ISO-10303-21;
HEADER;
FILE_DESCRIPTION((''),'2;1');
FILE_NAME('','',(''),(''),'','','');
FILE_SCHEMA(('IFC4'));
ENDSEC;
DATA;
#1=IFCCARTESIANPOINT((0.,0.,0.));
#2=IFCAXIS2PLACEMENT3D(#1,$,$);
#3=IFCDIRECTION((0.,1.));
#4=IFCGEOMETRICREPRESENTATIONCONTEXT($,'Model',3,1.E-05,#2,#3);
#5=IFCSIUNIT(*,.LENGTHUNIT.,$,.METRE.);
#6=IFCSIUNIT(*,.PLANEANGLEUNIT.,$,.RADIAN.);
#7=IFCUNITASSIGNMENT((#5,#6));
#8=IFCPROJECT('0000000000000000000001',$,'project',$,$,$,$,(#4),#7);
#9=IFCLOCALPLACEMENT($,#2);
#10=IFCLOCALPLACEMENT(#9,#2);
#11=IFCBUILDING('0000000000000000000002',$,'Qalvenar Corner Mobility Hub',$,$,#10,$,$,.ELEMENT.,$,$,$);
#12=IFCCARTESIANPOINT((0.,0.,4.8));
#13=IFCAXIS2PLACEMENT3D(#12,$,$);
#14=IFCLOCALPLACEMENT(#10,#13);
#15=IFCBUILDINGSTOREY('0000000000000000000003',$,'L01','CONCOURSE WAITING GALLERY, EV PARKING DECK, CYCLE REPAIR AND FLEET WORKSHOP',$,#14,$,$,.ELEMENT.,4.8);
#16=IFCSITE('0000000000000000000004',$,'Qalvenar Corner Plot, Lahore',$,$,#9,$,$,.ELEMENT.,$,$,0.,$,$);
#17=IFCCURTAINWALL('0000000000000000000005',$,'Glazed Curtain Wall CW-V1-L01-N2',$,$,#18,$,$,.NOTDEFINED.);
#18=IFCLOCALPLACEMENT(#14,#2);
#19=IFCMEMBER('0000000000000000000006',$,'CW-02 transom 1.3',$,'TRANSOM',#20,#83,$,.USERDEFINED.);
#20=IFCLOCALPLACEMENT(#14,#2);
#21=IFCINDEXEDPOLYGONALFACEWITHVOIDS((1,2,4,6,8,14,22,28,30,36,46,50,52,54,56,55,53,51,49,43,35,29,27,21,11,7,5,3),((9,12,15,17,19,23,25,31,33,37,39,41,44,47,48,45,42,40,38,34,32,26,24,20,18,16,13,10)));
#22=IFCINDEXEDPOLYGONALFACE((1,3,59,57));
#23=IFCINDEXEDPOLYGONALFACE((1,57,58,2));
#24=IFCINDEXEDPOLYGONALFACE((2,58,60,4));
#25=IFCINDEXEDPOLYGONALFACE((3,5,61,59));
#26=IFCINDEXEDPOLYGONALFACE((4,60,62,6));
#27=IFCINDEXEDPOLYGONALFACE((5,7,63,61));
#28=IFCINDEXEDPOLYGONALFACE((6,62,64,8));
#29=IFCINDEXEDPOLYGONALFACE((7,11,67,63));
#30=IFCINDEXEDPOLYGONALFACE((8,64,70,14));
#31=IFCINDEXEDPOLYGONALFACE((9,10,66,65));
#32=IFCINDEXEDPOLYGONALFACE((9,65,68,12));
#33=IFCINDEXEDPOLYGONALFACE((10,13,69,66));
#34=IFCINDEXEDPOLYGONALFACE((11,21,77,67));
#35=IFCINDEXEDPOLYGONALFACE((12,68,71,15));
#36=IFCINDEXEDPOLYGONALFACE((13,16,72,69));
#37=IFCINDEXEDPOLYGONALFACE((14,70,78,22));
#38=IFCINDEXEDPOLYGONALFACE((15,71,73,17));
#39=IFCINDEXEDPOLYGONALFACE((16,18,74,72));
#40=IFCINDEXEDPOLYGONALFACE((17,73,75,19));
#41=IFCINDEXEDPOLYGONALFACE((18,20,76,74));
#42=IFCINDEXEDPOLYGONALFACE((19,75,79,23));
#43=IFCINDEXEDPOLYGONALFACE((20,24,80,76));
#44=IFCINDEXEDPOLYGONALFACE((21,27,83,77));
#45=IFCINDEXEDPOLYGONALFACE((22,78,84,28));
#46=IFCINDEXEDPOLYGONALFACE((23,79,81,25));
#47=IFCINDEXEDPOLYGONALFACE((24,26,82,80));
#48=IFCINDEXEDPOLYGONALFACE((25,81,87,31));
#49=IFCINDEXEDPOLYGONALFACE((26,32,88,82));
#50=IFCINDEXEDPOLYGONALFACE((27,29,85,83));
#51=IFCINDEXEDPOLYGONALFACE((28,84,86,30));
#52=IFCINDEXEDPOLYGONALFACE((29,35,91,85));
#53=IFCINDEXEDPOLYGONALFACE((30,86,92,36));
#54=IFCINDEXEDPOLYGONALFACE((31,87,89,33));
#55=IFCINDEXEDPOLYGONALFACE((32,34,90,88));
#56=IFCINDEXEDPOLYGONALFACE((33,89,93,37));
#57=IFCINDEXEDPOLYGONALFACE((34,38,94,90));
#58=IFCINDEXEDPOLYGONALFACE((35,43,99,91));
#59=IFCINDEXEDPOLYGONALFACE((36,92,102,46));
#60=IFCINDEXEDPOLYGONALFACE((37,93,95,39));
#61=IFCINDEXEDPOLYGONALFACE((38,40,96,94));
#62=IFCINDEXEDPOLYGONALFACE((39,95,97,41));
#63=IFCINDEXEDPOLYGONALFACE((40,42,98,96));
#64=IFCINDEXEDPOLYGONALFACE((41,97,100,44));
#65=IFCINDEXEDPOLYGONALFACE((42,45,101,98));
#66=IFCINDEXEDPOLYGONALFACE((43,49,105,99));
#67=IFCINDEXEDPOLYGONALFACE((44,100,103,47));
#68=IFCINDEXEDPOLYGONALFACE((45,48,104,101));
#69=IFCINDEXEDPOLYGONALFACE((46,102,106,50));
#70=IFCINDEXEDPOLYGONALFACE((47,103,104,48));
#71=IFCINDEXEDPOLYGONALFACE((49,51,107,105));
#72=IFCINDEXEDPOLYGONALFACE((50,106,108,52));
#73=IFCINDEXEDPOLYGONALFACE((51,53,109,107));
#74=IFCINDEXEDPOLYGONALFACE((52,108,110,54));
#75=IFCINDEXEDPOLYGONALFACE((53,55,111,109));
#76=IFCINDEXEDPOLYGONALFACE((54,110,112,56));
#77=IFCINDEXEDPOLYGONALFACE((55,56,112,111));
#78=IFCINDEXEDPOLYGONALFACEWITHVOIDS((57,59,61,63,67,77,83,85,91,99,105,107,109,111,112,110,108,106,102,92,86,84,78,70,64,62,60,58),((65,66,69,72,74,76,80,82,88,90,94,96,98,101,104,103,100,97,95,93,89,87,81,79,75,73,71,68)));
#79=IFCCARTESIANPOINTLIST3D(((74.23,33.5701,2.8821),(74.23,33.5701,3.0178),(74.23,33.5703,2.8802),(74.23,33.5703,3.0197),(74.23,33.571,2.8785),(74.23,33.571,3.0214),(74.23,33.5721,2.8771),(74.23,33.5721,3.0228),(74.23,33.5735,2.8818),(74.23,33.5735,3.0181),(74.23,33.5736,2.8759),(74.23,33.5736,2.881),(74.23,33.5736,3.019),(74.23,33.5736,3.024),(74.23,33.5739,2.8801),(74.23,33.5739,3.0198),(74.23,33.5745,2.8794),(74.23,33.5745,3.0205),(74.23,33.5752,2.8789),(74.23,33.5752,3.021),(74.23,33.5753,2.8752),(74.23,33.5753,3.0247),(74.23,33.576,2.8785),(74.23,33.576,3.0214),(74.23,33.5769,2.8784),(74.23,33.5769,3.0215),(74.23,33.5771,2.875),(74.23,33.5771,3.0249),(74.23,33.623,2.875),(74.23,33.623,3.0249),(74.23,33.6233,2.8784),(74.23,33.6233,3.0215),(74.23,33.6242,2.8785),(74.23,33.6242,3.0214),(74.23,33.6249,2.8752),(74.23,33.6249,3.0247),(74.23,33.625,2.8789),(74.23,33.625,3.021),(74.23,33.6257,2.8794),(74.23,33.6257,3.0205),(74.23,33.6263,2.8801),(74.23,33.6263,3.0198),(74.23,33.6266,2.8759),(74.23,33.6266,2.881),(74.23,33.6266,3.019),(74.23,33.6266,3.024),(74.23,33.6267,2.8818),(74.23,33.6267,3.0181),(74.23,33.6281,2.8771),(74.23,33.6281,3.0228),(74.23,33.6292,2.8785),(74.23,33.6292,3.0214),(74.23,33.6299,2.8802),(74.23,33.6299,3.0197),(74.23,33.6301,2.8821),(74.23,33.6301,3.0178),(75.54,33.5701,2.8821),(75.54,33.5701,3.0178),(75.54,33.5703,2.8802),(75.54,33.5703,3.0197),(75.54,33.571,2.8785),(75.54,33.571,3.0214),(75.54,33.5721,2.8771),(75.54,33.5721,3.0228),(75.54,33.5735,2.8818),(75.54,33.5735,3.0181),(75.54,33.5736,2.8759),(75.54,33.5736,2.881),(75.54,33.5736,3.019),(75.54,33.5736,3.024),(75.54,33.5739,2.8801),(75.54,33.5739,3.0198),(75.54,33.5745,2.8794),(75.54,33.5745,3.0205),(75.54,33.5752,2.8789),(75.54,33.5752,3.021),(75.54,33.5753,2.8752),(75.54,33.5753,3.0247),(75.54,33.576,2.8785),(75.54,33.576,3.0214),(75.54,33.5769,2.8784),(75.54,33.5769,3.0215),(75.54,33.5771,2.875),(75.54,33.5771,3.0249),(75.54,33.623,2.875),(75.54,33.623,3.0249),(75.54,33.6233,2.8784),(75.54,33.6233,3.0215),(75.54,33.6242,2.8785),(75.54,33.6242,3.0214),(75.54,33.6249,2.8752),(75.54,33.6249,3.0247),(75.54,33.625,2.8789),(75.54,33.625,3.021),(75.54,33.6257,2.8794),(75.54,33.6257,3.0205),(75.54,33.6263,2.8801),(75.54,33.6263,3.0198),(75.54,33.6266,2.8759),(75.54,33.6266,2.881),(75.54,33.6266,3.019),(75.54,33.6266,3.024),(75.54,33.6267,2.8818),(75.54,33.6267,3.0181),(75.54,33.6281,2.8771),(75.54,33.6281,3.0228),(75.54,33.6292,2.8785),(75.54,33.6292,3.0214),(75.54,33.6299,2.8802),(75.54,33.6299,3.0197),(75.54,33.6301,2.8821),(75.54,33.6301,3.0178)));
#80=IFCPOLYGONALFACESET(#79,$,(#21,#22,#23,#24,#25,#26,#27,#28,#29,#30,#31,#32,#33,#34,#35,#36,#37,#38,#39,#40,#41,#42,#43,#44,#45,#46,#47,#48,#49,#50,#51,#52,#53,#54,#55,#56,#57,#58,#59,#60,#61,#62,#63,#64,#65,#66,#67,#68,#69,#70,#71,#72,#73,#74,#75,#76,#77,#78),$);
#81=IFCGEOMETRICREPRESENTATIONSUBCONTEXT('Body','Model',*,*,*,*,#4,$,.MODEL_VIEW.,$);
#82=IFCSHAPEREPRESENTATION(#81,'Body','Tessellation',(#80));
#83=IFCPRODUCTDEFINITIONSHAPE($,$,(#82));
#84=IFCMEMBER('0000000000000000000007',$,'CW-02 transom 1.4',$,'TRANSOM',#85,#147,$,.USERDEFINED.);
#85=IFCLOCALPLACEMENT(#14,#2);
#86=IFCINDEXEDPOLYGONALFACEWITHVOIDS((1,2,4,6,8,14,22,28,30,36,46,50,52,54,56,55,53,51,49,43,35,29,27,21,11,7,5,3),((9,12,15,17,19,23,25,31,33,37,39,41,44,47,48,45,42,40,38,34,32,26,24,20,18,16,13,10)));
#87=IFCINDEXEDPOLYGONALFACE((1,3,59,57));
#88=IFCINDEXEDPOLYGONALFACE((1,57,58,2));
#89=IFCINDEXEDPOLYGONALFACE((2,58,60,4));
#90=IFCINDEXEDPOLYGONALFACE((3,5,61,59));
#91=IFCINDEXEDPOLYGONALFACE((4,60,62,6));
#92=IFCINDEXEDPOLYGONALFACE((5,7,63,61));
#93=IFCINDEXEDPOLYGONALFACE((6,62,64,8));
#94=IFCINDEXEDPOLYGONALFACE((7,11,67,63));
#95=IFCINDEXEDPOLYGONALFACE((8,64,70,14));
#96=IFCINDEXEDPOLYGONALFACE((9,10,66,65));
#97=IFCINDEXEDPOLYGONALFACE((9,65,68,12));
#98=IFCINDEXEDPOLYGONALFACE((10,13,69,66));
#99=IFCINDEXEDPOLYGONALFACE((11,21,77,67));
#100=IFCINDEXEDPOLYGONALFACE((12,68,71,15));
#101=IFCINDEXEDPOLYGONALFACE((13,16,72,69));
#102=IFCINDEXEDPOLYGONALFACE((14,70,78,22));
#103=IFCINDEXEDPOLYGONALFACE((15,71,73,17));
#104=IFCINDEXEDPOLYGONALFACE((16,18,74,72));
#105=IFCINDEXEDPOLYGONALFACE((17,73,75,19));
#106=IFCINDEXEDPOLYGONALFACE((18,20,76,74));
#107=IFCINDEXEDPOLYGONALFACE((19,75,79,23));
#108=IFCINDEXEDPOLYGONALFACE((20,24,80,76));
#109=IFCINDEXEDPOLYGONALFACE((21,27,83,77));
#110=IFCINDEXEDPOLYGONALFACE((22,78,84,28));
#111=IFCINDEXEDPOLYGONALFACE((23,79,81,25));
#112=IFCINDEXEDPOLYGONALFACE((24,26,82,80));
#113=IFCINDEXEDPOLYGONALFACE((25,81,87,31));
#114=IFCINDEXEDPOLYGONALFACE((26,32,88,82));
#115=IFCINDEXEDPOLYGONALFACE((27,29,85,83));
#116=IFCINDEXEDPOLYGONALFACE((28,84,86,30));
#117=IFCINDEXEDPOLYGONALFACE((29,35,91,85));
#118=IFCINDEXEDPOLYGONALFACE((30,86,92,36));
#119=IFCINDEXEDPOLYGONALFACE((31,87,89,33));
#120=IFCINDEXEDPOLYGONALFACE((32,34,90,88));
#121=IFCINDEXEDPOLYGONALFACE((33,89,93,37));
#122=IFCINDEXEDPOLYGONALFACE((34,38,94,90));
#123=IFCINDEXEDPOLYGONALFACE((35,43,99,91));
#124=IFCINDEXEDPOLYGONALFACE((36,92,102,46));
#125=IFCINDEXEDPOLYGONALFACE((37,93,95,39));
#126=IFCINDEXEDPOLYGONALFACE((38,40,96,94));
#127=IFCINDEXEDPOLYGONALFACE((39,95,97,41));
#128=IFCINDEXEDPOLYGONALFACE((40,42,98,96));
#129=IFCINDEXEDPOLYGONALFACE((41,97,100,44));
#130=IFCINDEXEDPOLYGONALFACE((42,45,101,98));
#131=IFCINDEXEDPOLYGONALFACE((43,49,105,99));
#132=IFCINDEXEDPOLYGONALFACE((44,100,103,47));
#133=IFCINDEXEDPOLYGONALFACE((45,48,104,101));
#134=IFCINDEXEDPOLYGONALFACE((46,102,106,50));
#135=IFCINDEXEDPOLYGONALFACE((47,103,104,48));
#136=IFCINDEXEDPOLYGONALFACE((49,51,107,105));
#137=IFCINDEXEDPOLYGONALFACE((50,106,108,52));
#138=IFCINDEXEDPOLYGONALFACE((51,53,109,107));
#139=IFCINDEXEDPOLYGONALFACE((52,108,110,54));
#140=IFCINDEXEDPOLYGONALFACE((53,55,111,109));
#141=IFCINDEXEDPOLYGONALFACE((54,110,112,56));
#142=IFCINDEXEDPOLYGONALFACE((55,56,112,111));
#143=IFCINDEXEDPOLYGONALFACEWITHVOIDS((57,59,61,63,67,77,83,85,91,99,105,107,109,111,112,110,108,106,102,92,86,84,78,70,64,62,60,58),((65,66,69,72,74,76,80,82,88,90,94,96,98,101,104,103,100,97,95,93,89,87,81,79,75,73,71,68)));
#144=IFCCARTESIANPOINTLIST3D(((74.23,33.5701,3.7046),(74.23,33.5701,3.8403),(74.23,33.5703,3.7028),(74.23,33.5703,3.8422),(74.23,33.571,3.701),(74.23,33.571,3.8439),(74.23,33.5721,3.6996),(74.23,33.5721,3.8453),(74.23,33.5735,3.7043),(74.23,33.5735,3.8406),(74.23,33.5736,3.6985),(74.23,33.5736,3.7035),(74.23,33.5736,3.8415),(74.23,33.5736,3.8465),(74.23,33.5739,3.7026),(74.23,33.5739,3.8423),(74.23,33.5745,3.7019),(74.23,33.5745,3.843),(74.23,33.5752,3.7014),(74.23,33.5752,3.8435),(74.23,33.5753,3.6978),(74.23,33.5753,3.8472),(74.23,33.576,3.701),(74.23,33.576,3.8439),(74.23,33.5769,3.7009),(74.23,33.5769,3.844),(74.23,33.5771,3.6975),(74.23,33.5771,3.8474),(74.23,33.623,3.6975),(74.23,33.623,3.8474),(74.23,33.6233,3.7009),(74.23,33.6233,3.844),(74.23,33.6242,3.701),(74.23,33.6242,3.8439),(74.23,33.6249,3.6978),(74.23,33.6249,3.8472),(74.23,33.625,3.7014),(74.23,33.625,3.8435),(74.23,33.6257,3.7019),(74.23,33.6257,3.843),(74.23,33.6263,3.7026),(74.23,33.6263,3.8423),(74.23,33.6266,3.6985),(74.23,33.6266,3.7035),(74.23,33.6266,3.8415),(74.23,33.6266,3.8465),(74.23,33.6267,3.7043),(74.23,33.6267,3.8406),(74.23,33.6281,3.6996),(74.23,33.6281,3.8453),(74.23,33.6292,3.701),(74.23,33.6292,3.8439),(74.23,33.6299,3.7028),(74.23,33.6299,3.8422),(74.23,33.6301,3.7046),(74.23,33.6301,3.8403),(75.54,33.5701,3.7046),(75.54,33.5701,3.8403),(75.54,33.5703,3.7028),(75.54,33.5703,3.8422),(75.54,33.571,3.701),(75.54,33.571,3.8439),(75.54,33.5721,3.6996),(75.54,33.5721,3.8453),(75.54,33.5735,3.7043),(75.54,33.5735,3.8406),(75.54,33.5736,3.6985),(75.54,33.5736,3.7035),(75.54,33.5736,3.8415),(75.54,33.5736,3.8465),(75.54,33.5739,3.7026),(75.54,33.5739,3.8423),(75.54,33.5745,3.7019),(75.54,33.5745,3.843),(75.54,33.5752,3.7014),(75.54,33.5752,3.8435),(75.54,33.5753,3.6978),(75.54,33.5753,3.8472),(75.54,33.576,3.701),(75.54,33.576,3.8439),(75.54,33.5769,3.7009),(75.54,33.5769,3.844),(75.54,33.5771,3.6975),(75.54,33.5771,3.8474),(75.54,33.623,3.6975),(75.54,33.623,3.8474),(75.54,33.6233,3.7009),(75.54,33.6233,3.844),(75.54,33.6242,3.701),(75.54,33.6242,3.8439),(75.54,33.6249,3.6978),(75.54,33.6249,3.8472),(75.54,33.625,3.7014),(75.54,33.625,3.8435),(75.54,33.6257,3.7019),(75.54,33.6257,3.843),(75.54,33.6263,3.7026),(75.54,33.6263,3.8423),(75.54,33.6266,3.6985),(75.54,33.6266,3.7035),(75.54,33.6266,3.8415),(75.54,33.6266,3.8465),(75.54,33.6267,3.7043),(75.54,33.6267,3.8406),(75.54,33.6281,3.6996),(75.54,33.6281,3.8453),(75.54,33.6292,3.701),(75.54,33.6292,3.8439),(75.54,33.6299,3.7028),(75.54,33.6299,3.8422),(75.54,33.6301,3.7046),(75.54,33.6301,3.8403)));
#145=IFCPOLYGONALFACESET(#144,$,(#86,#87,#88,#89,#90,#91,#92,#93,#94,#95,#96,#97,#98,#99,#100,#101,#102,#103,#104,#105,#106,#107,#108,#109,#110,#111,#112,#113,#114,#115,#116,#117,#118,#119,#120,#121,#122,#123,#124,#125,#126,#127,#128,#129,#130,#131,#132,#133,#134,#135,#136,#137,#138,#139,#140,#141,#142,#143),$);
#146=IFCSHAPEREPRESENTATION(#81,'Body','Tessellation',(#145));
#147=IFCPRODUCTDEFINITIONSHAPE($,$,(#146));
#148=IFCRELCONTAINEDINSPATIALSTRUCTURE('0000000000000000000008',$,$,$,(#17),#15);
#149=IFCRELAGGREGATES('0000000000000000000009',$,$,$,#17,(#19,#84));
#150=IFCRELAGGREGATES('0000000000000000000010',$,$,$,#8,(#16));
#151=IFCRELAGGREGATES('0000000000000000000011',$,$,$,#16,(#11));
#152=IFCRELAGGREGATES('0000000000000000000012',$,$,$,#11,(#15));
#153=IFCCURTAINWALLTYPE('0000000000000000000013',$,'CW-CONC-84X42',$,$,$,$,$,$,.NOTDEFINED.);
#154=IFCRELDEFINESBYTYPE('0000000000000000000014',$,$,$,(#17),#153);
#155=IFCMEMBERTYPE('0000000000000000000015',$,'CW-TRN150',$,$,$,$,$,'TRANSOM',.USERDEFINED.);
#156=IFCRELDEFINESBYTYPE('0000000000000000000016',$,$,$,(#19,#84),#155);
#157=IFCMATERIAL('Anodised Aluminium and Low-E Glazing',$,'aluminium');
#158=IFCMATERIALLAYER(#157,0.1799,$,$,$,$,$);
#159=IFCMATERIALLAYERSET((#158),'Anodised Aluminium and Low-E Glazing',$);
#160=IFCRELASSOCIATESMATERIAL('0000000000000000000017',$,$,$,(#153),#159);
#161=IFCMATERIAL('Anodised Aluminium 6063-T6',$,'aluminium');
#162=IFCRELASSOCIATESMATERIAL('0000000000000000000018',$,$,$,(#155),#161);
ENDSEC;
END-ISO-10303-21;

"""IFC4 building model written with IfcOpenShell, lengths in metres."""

from ifc_helpers import new_model, si_unit, direction, frame, origin, origin_2d, place, context, subcontext, project, spatial, hollow_rectangle, extrude, material, layer, layer_set, material_profile, profile_set, type_object, element, aggregate, save


model = new_model("IFC4")

# Units and contexts
model_context = context("Model", 3, precision=1e-05, world=origin(), true_north=direction((0.0, 1.0)))
body_context = subcontext(model_context, "Body", "Model", "MODEL_VIEW")
ifc_project = project(units=[si_unit("LENGTHUNIT", "METRE"), si_unit("PLANEANGLEUNIT", "RADIAN")], contexts=[model_context])

# Site, building, storey
site_placement = place(None, origin())
site = spatial("IfcSite", under=ifc_project, at=site_placement, Name="Qalvenar Corner Plot, Lahore", CompositionType="ELEMENT", RefElevation=0.0)
building_placement = place(site_placement, origin())
building = spatial("IfcBuilding", under=site, at=building_placement, Name="Qalvenar Corner Mobility Hub", CompositionType="ELEMENT")
storey_placement = place(building_placement, frame((0.0, 0.0, 4.8)))
storey = spatial("IfcBuildingStorey", under=building, at=storey_placement, Name="L01", Description="CONCOURSE WAITING GALLERY, EV PARKING DECK, CYCLE REPAIR AND FLEET WORKSHOP", CompositionType="ELEMENT", Elevation=4.8)

# Curtain wall
ifc_material_1 = material(Name="Anodised Aluminium and Low-E Glazing", Category="aluminium")
ifc_layer_1 = layer(ifc_material_1, 0.1799)
ifc_layer_set_1 = layer_set([ifc_layer_1], Name="Anodised Aluminium and Low-E Glazing")
curtain_wall_type = type_object("IfcCurtainWallType", Name="CW-CONC-84X42", PredefinedType="NOTDEFINED", material=ifc_layer_set_1)
curtain_wall_1_placement = place(storey_placement, origin())
curtain_wall_1 = element("IfcCurtainWall", 1, at=curtain_wall_1_placement, inside=storey, type_object=curtain_wall_type, Name="Glazed Curtain Wall CW-V1-L01-N2", PredefinedType="NOTDEFINED")
ifc_material_2 = material(Name="Anodised Aluminium 6063-T6", Category="aluminium")

# Members
ifc_material_profile_1 = material_profile(ifc_material_2, hollow_rectangle(XDim=0.0601, YDim=0.1499, WallThickness=0.0034, InnerFilletRadius=0.0034, OuterFilletRadius=0.0071, at=origin_2d()), Name="RHS150x60x3.5")
ifc_profile_set_1 = profile_set([ifc_material_profile_1], Name="Anodised Aluminium 6063-T6")
member_type_1 = type_object("IfcMemberType", Name="CW-TRN150", ElementType="TRANSOM", PredefinedType="USERDEFINED", material=ifc_profile_set_1)
member_1_placement = place(storey_placement, frame((75.54, 33.6001, 2.95), z_axis=(-1.0, 0.0, 0.0), x_axis=(0.0, -1.0, 0.0)))
member_1 = element("IfcMember", 2, at=member_1_placement, type_object=member_type_1, Name="CW-02 transom 1.3", ObjectType="TRANSOM", PredefinedType="USERDEFINED", context=body_context, shape_type="SweptSolid", body=[
    extrude(hollow_rectangle(XDim=0.0601, YDim=0.1499, WallThickness=0.0034, InnerFilletRadius=0.0034, OuterFilletRadius=0.0071, at=origin_2d()), origin(), (0.0, 0.0, 1.0), 1.3101),
])
member_2_placement = place(storey_placement, frame((75.54, 33.6001, 3.7725), z_axis=(-1.0, 0.0, 0.0), x_axis=(0.0, -1.0, 0.0)))
member_2 = element("IfcMember", 3, at=member_2_placement, type_object=member_type_1, Name="CW-02 transom 1.4", ObjectType="TRANSOM", PredefinedType="USERDEFINED", context=body_context, shape_type="SweptSolid", body=[
    extrude(hollow_rectangle(XDim=0.0601, YDim=0.1499, WallThickness=0.0034, InnerFilletRadius=0.0034, OuterFilletRadius=0.0071, at=origin_2d()), origin(), (0.0, 0.0, 1.0), 1.3101),
])

aggregate(curtain_wall_1, [member_1, member_2])

save(model, "model.ifc")
